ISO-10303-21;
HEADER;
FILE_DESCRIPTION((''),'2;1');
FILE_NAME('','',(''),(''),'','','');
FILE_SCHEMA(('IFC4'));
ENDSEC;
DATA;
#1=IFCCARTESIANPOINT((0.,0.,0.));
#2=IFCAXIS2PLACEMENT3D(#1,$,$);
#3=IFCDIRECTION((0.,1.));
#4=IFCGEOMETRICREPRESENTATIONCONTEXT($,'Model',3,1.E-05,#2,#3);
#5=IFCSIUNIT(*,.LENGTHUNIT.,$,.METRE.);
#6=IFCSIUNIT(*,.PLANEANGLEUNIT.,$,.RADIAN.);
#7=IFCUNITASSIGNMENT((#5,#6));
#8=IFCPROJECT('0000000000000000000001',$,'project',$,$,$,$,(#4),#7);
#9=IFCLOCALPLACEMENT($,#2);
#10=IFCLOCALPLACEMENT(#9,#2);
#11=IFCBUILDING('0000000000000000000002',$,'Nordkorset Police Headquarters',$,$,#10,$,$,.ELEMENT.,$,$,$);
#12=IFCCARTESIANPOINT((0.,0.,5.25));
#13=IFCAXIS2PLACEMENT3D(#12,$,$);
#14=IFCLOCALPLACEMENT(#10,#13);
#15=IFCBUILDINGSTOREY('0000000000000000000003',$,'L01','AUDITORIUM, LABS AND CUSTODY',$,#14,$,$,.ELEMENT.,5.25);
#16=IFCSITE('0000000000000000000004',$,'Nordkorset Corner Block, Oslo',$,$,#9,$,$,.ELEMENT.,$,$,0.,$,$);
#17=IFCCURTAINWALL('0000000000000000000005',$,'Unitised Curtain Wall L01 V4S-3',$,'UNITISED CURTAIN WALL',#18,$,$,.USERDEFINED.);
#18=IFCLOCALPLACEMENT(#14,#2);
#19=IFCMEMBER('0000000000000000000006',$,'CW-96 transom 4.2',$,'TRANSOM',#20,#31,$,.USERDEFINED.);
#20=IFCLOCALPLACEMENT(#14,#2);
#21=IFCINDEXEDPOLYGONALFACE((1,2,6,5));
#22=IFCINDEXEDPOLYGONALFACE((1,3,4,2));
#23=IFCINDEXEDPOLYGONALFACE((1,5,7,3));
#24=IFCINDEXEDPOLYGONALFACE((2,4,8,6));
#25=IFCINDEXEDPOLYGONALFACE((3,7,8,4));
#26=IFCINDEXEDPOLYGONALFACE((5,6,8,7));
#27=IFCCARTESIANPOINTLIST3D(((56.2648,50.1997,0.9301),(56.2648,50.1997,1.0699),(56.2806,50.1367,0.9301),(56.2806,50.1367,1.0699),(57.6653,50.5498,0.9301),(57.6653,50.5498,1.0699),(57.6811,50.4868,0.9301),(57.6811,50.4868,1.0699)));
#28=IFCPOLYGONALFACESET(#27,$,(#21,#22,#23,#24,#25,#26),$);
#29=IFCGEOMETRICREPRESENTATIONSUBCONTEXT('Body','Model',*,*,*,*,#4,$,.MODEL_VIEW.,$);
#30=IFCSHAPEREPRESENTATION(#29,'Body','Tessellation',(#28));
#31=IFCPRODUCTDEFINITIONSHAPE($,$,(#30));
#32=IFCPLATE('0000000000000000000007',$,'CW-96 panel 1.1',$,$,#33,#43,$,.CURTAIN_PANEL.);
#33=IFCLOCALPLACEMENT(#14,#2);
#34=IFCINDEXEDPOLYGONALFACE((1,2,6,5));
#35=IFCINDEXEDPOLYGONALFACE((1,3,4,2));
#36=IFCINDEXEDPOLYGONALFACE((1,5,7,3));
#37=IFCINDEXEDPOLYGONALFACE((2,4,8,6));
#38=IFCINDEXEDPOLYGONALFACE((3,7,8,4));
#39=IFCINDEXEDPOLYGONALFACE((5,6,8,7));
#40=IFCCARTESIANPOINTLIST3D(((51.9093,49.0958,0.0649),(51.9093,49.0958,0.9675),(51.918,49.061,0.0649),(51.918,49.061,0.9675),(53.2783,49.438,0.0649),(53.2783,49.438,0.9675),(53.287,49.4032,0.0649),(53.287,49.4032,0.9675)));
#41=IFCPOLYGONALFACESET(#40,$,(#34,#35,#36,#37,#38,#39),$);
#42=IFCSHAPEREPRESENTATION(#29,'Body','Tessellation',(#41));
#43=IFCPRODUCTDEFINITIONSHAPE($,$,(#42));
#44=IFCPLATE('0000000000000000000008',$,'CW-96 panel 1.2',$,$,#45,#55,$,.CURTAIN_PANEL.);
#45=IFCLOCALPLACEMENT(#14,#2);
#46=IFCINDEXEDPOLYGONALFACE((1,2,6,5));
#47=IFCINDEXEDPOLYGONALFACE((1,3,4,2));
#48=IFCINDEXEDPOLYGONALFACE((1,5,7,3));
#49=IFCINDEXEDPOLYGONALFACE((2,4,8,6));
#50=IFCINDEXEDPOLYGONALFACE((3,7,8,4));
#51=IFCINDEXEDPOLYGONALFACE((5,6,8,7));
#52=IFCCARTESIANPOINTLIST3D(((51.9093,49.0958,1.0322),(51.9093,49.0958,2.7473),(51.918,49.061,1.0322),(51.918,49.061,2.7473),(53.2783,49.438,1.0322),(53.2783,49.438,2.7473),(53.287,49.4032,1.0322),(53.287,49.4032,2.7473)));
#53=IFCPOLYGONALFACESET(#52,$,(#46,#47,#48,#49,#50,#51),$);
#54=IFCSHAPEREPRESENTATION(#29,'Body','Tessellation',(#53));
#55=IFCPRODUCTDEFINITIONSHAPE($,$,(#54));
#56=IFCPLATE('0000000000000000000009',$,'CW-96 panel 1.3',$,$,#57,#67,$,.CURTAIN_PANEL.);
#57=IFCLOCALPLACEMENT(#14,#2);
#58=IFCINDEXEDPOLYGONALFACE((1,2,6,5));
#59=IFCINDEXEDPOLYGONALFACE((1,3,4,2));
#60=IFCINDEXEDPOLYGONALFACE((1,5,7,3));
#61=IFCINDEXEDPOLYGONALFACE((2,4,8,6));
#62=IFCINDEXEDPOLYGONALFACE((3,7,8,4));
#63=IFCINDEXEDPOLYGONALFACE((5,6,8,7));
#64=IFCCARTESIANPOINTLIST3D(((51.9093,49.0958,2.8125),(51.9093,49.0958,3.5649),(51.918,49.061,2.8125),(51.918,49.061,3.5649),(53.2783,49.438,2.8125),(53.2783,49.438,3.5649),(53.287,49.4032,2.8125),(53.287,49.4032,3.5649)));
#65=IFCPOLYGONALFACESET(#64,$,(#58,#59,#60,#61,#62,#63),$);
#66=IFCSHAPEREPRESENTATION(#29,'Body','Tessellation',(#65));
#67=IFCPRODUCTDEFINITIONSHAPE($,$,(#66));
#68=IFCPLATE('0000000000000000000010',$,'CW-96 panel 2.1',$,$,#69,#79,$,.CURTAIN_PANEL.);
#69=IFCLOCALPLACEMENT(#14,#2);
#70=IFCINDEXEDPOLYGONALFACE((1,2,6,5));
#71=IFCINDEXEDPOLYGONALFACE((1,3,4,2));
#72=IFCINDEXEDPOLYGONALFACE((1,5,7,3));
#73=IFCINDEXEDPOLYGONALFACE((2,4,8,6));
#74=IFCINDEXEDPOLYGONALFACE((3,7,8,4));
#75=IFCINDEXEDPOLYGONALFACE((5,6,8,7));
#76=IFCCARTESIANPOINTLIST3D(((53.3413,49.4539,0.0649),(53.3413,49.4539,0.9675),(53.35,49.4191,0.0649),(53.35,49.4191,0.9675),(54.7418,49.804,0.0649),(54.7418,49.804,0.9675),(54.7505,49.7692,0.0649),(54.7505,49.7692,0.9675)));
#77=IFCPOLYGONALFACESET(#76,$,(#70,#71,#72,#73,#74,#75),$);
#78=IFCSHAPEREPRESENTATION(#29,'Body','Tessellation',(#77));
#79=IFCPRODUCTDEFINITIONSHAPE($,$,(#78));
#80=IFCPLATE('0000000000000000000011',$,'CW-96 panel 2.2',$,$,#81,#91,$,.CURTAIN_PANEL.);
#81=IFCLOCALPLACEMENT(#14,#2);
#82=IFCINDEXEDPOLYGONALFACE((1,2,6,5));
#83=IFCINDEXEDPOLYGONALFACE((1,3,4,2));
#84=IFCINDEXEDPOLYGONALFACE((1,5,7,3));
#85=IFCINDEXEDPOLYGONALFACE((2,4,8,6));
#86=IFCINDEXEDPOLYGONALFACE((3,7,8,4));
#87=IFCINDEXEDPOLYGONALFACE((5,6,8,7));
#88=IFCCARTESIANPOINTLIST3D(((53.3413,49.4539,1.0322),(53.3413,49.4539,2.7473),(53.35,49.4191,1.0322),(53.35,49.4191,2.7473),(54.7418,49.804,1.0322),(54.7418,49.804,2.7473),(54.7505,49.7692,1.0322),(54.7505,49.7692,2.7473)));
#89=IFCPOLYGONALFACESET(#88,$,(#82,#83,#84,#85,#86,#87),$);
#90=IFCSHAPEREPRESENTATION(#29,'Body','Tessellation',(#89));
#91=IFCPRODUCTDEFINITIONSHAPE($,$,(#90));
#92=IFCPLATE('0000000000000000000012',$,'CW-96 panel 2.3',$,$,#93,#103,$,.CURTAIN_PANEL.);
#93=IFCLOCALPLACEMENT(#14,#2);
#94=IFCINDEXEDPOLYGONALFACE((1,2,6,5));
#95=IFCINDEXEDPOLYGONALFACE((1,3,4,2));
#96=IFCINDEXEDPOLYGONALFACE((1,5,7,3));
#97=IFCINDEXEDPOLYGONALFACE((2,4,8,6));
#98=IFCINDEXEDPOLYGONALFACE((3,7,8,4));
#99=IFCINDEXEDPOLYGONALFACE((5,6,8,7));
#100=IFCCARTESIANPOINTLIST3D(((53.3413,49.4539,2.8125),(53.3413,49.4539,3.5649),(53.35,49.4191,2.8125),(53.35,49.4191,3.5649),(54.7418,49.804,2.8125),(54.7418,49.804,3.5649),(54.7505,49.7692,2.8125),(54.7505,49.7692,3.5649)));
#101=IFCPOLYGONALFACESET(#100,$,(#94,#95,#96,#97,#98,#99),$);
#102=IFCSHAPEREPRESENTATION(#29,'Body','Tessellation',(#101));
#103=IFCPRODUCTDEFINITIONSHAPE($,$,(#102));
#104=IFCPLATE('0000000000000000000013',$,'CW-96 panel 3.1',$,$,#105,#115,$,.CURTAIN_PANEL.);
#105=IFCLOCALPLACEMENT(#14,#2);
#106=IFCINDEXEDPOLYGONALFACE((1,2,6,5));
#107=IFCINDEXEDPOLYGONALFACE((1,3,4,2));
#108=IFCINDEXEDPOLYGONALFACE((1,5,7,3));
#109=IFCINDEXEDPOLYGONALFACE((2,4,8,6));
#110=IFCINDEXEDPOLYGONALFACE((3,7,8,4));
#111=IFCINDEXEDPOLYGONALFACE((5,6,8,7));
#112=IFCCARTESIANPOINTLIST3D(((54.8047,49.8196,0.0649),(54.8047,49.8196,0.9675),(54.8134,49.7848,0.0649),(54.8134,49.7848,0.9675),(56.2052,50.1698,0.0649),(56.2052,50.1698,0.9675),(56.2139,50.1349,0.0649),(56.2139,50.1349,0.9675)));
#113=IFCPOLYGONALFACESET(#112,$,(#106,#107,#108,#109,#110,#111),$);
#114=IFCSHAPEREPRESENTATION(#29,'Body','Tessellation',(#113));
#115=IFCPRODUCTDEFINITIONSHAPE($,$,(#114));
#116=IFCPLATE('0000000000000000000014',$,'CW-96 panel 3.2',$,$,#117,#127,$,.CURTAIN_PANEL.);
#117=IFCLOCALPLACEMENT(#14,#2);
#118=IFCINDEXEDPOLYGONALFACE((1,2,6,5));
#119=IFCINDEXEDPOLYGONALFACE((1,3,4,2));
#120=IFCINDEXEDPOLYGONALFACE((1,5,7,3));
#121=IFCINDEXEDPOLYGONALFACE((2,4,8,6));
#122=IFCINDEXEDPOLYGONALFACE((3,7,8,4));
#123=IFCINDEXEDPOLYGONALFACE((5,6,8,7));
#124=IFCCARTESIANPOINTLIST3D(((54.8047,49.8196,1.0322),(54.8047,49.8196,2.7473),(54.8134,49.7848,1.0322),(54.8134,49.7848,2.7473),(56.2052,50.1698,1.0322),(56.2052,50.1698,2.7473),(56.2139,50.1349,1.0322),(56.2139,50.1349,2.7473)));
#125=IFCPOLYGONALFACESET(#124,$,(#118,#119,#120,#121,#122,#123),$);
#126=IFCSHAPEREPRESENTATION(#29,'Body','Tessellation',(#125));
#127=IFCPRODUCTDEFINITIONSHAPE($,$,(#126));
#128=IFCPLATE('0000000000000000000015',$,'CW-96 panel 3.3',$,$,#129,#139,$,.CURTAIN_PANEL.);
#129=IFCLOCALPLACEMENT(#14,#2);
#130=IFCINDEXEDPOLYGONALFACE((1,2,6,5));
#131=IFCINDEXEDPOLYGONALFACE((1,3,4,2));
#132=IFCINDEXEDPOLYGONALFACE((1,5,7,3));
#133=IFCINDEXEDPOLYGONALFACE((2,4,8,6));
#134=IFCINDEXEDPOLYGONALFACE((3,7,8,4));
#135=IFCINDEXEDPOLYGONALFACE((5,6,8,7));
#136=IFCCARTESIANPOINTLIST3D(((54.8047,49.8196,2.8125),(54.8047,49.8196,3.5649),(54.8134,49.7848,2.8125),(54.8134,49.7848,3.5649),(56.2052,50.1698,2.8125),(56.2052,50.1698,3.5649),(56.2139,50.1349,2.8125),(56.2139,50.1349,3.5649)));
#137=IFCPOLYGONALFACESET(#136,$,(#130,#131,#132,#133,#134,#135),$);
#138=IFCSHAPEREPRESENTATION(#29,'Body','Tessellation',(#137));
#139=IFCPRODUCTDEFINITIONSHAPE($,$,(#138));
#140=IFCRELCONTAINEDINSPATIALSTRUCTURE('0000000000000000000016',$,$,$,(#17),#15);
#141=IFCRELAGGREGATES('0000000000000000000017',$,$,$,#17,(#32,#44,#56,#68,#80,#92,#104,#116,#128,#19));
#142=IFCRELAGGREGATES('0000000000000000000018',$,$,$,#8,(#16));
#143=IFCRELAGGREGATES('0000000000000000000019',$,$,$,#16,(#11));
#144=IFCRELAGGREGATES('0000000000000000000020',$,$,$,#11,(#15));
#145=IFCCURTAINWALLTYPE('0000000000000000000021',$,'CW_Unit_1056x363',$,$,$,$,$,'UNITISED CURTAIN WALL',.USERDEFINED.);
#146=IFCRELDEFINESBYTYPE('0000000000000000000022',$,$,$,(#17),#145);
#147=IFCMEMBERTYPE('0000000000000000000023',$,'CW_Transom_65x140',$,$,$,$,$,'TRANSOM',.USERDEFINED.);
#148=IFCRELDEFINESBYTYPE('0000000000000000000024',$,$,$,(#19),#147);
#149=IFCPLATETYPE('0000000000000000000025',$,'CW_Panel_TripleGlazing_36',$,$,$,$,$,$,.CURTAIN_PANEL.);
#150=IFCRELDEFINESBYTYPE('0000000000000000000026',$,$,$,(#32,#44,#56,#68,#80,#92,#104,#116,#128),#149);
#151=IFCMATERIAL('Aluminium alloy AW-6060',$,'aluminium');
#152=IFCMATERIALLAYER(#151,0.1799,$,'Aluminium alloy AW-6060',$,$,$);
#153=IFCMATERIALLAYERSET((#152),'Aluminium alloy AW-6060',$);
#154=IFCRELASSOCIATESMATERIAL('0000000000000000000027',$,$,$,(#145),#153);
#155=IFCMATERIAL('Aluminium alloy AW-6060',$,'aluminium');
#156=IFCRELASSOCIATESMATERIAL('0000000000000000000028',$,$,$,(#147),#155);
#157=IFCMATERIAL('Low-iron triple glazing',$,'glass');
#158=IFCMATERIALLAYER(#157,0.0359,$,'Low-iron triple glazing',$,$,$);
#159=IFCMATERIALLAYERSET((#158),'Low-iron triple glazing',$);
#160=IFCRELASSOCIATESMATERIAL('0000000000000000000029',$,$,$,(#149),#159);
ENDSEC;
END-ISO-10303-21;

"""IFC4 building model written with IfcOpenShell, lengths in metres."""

from ifc_helpers import new_model, si_unit, direction, frame, origin, origin_2d, place, context, subcontext, project, spatial, rectangle, extrude, material, layer, layer_set, material_profile, profile_set, type_object, element, aggregate, save


model = new_model("IFC4")

# Units and contexts
model_context = context("Model", 3, precision=1e-05, world=origin(), true_north=direction((0.0, 1.0)))
body_context = subcontext(model_context, "Body", "Model", "MODEL_VIEW")
ifc_project = project(units=[si_unit("LENGTHUNIT", "METRE"), si_unit("PLANEANGLEUNIT", "RADIAN")], contexts=[model_context])

# Site, building, storey
site_placement = place(None, origin())
site = spatial("IfcSite", under=ifc_project, at=site_placement, Name="Nordkorset Corner Block, Oslo", CompositionType="ELEMENT", RefElevation=0.0)
building_placement = place(site_placement, origin())
building = spatial("IfcBuilding", under=site, at=building_placement, Name="Nordkorset Police Headquarters", CompositionType="ELEMENT")
storey_placement = place(building_placement, frame((0.0, 0.0, 5.25)))
storey = spatial("IfcBuildingStorey", under=building, at=storey_placement, Name="L01", Description="AUDITORIUM, LABS AND CUSTODY", CompositionType="ELEMENT", Elevation=5.25)

# Curtain wall, member, plates
ifc_material_1 = material(Name="Aluminium alloy AW-6060", Category="aluminium")
ifc_layer_1 = layer(ifc_material_1, 0.1799, Name="Aluminium alloy AW-6060")
ifc_layer_set_1 = layer_set([ifc_layer_1], Name="Aluminium alloy AW-6060")
curtain_wall_type = type_object("IfcCurtainWallType", Name="CW_Unit_1056x363", ElementType="UNITISED CURTAIN WALL", PredefinedType="USERDEFINED", material=ifc_layer_set_1)
curtain_wall_placement = place(storey_placement, origin())
curtain_wall = element("IfcCurtainWall", 1, at=curtain_wall_placement, inside=storey, type_object=curtain_wall_type, Name="Unitised Curtain Wall L01 V4S-3", ObjectType="UNITISED CURTAIN WALL", PredefinedType="USERDEFINED")
ifc_material_2 = material(Name="Aluminium alloy AW-6060", Category="aluminium")
ifc_material_profile_1 = material_profile(ifc_material_2, rectangle(XDim=0.0649, YDim=0.1399, at=origin_2d()), Name="ALU TRAN 65x140")
ifc_profile_set_1 = profile_set([ifc_material_profile_1], Name="Aluminium alloy AW-6060")
member_type_1 = type_object("IfcMemberType", Name="CW_Transom_65x140", ElementType="TRANSOM", PredefinedType="USERDEFINED", material=ifc_profile_set_1)
member_1_placement = place(storey_placement, frame((56.2727, 50.1682, 1.0), z_axis=(0.970143, 0.242536, 0.0), x_axis=(-0.242536, 0.970143, 0.0)))
member_1 = element("IfcMember", 2, at=member_1_placement, type_object=member_type_1, Name="CW-96 transom 4.2", ObjectType="TRANSOM", PredefinedType="USERDEFINED", context=body_context, shape_type="SweptSolid", body=[
    extrude(rectangle(XDim=0.0649, YDim=0.1399, at=origin_2d()), origin(), (0.0, 0.0, 1.0), 1.4436),
])
ifc_material_3 = material(Name="Low-iron triple glazing", Category="glass")
ifc_layer_2 = layer(ifc_material_3, 0.0359, Name="Low-iron triple glazing")
ifc_layer_set_2 = layer_set([ifc_layer_2], Name="Low-iron triple glazing")
plate_type = type_object("IfcPlateType", Name="CW_Panel_TripleGlazing_36", PredefinedType="CURTAIN_PANEL", material=ifc_layer_set_2)
plate_1_placement = place(storey_placement, frame((52.5981, 49.2495, 0.0649), z_axis=(0.0, 0.0, 1.0), x_axis=(0.970143, 0.242535, 0.0)))
plate_1 = element("IfcPlate", 3, at=plate_1_placement, type_object=plate_type, Name="CW-96 panel 1.1", PredefinedType="CURTAIN_PANEL", context=body_context, shape_type="SweptSolid", body=[
    extrude(rectangle(XDim=1.4111, YDim=0.0359, at=origin_2d()), origin(), (0.0, 0.0, 1.0), 0.9026),
])
plate_2_placement = place(storey_placement, frame((52.5981, 49.2495, 1.0322), z_axis=(0.0, 0.0, 1.0), x_axis=(0.970143, 0.242535, 0.0)))
plate_2 = element("IfcPlate", 4, at=plate_2_placement, type_object=plate_type, Name="CW-96 panel 1.2", PredefinedType="CURTAIN_PANEL", context=body_context, shape_type="SweptSolid", body=[
    extrude(rectangle(XDim=1.4111, YDim=0.0359, at=origin_2d()), origin(), (0.0, 0.0, 1.0), 1.7151),
])
plate_3_placement = place(storey_placement, frame((52.5981, 49.2495, 2.8125), z_axis=(0.0, 0.0, 1.0), x_axis=(0.970143, 0.242535, 0.0)))
plate_3 = element("IfcPlate", 5, at=plate_3_placement, type_object=plate_type, Name="CW-96 panel 1.3", PredefinedType="CURTAIN_PANEL", context=body_context, shape_type="SweptSolid", body=[
    extrude(rectangle(XDim=1.4111, YDim=0.0359, at=origin_2d()), origin(), (0.0, 0.0, 1.0), 0.7524),
])
plate_4_placement = place(storey_placement, frame((54.0459, 49.6116, 0.0649), z_axis=(0.0, 0.0, 1.0), x_axis=(0.970143, 0.242535, 0.0)))
plate_4 = element("IfcPlate", 6, at=plate_4_placement, type_object=plate_type, Name="CW-96 panel 2.1", PredefinedType="CURTAIN_PANEL", context=body_context, shape_type="SweptSolid", body=[
    extrude(rectangle(XDim=1.4436, YDim=0.0359, at=origin_2d()), origin(), (0.0, 0.0, 1.0), 0.9026),
])
plate_5_placement = place(storey_placement, frame((54.0459, 49.6116, 1.0322), z_axis=(0.0, 0.0, 1.0), x_axis=(0.970143, 0.242535, 0.0)))
plate_5 = element("IfcPlate", 7, at=plate_5_placement, type_object=plate_type, Name="CW-96 panel 2.2", PredefinedType="CURTAIN_PANEL", context=body_context, shape_type="SweptSolid", body=[
    extrude(rectangle(XDim=1.4436, YDim=0.0359, at=origin_2d()), origin(), (0.0, 0.0, 1.0), 1.7151),
])
plate_6_placement = place(storey_placement, frame((54.0459, 49.6116, 2.8125), z_axis=(0.0, 0.0, 1.0), x_axis=(0.970143, 0.242535, 0.0)))
plate_6 = element("IfcPlate", 8, at=plate_6_placement, type_object=plate_type, Name="CW-96 panel 2.3", PredefinedType="CURTAIN_PANEL", context=body_context, shape_type="SweptSolid", body=[
    extrude(rectangle(XDim=1.4436, YDim=0.0359, at=origin_2d()), origin(), (0.0, 0.0, 1.0), 0.7524),
])
plate_7_placement = place(storey_placement, frame((55.5093, 49.9773, 0.0649), z_axis=(0.0, 0.0, 1.0), x_axis=(0.970143, 0.242535, 0.0)))
plate_7 = element("IfcPlate", 9, at=plate_7_placement, type_object=plate_type, Name="CW-96 panel 3.1", PredefinedType="CURTAIN_PANEL", context=body_context, shape_type="SweptSolid", body=[
    extrude(rectangle(XDim=1.4436, YDim=0.0359, at=origin_2d()), origin(), (0.0, 0.0, 1.0), 0.9026),
])
plate_8_placement = place(storey_placement, frame((55.5093, 49.9773, 1.0322), z_axis=(0.0, 0.0, 1.0), x_axis=(0.970143, 0.242535, 0.0)))
plate_8 = element("IfcPlate", 10, at=plate_8_placement, type_object=plate_type, Name="CW-96 panel 3.2", PredefinedType="CURTAIN_PANEL", context=body_context, shape_type="SweptSolid", body=[
    extrude(rectangle(XDim=1.4436, YDim=0.0359, at=origin_2d()), origin(), (0.0, 0.0, 1.0), 1.7151),
])
plate_9_placement = place(storey_placement, frame((55.5093, 49.9773, 2.8125), z_axis=(0.0, 0.0, 1.0), x_axis=(0.970143, 0.242535, 0.0)))
plate_9 = element("IfcPlate", 11, at=plate_9_placement, type_object=plate_type, Name="CW-96 panel 3.3", PredefinedType="CURTAIN_PANEL", context=body_context, shape_type="SweptSolid", body=[
    extrude(rectangle(XDim=1.4436, YDim=0.0359, at=origin_2d()), origin(), (0.0, 0.0, 1.0), 0.7524),
])
aggregate(curtain_wall, [plate_1, plate_2, plate_3, plate_4, plate_5, plate_6, plate_7, plate_8, plate_9, member_1])

save(model, "model.ifc")
